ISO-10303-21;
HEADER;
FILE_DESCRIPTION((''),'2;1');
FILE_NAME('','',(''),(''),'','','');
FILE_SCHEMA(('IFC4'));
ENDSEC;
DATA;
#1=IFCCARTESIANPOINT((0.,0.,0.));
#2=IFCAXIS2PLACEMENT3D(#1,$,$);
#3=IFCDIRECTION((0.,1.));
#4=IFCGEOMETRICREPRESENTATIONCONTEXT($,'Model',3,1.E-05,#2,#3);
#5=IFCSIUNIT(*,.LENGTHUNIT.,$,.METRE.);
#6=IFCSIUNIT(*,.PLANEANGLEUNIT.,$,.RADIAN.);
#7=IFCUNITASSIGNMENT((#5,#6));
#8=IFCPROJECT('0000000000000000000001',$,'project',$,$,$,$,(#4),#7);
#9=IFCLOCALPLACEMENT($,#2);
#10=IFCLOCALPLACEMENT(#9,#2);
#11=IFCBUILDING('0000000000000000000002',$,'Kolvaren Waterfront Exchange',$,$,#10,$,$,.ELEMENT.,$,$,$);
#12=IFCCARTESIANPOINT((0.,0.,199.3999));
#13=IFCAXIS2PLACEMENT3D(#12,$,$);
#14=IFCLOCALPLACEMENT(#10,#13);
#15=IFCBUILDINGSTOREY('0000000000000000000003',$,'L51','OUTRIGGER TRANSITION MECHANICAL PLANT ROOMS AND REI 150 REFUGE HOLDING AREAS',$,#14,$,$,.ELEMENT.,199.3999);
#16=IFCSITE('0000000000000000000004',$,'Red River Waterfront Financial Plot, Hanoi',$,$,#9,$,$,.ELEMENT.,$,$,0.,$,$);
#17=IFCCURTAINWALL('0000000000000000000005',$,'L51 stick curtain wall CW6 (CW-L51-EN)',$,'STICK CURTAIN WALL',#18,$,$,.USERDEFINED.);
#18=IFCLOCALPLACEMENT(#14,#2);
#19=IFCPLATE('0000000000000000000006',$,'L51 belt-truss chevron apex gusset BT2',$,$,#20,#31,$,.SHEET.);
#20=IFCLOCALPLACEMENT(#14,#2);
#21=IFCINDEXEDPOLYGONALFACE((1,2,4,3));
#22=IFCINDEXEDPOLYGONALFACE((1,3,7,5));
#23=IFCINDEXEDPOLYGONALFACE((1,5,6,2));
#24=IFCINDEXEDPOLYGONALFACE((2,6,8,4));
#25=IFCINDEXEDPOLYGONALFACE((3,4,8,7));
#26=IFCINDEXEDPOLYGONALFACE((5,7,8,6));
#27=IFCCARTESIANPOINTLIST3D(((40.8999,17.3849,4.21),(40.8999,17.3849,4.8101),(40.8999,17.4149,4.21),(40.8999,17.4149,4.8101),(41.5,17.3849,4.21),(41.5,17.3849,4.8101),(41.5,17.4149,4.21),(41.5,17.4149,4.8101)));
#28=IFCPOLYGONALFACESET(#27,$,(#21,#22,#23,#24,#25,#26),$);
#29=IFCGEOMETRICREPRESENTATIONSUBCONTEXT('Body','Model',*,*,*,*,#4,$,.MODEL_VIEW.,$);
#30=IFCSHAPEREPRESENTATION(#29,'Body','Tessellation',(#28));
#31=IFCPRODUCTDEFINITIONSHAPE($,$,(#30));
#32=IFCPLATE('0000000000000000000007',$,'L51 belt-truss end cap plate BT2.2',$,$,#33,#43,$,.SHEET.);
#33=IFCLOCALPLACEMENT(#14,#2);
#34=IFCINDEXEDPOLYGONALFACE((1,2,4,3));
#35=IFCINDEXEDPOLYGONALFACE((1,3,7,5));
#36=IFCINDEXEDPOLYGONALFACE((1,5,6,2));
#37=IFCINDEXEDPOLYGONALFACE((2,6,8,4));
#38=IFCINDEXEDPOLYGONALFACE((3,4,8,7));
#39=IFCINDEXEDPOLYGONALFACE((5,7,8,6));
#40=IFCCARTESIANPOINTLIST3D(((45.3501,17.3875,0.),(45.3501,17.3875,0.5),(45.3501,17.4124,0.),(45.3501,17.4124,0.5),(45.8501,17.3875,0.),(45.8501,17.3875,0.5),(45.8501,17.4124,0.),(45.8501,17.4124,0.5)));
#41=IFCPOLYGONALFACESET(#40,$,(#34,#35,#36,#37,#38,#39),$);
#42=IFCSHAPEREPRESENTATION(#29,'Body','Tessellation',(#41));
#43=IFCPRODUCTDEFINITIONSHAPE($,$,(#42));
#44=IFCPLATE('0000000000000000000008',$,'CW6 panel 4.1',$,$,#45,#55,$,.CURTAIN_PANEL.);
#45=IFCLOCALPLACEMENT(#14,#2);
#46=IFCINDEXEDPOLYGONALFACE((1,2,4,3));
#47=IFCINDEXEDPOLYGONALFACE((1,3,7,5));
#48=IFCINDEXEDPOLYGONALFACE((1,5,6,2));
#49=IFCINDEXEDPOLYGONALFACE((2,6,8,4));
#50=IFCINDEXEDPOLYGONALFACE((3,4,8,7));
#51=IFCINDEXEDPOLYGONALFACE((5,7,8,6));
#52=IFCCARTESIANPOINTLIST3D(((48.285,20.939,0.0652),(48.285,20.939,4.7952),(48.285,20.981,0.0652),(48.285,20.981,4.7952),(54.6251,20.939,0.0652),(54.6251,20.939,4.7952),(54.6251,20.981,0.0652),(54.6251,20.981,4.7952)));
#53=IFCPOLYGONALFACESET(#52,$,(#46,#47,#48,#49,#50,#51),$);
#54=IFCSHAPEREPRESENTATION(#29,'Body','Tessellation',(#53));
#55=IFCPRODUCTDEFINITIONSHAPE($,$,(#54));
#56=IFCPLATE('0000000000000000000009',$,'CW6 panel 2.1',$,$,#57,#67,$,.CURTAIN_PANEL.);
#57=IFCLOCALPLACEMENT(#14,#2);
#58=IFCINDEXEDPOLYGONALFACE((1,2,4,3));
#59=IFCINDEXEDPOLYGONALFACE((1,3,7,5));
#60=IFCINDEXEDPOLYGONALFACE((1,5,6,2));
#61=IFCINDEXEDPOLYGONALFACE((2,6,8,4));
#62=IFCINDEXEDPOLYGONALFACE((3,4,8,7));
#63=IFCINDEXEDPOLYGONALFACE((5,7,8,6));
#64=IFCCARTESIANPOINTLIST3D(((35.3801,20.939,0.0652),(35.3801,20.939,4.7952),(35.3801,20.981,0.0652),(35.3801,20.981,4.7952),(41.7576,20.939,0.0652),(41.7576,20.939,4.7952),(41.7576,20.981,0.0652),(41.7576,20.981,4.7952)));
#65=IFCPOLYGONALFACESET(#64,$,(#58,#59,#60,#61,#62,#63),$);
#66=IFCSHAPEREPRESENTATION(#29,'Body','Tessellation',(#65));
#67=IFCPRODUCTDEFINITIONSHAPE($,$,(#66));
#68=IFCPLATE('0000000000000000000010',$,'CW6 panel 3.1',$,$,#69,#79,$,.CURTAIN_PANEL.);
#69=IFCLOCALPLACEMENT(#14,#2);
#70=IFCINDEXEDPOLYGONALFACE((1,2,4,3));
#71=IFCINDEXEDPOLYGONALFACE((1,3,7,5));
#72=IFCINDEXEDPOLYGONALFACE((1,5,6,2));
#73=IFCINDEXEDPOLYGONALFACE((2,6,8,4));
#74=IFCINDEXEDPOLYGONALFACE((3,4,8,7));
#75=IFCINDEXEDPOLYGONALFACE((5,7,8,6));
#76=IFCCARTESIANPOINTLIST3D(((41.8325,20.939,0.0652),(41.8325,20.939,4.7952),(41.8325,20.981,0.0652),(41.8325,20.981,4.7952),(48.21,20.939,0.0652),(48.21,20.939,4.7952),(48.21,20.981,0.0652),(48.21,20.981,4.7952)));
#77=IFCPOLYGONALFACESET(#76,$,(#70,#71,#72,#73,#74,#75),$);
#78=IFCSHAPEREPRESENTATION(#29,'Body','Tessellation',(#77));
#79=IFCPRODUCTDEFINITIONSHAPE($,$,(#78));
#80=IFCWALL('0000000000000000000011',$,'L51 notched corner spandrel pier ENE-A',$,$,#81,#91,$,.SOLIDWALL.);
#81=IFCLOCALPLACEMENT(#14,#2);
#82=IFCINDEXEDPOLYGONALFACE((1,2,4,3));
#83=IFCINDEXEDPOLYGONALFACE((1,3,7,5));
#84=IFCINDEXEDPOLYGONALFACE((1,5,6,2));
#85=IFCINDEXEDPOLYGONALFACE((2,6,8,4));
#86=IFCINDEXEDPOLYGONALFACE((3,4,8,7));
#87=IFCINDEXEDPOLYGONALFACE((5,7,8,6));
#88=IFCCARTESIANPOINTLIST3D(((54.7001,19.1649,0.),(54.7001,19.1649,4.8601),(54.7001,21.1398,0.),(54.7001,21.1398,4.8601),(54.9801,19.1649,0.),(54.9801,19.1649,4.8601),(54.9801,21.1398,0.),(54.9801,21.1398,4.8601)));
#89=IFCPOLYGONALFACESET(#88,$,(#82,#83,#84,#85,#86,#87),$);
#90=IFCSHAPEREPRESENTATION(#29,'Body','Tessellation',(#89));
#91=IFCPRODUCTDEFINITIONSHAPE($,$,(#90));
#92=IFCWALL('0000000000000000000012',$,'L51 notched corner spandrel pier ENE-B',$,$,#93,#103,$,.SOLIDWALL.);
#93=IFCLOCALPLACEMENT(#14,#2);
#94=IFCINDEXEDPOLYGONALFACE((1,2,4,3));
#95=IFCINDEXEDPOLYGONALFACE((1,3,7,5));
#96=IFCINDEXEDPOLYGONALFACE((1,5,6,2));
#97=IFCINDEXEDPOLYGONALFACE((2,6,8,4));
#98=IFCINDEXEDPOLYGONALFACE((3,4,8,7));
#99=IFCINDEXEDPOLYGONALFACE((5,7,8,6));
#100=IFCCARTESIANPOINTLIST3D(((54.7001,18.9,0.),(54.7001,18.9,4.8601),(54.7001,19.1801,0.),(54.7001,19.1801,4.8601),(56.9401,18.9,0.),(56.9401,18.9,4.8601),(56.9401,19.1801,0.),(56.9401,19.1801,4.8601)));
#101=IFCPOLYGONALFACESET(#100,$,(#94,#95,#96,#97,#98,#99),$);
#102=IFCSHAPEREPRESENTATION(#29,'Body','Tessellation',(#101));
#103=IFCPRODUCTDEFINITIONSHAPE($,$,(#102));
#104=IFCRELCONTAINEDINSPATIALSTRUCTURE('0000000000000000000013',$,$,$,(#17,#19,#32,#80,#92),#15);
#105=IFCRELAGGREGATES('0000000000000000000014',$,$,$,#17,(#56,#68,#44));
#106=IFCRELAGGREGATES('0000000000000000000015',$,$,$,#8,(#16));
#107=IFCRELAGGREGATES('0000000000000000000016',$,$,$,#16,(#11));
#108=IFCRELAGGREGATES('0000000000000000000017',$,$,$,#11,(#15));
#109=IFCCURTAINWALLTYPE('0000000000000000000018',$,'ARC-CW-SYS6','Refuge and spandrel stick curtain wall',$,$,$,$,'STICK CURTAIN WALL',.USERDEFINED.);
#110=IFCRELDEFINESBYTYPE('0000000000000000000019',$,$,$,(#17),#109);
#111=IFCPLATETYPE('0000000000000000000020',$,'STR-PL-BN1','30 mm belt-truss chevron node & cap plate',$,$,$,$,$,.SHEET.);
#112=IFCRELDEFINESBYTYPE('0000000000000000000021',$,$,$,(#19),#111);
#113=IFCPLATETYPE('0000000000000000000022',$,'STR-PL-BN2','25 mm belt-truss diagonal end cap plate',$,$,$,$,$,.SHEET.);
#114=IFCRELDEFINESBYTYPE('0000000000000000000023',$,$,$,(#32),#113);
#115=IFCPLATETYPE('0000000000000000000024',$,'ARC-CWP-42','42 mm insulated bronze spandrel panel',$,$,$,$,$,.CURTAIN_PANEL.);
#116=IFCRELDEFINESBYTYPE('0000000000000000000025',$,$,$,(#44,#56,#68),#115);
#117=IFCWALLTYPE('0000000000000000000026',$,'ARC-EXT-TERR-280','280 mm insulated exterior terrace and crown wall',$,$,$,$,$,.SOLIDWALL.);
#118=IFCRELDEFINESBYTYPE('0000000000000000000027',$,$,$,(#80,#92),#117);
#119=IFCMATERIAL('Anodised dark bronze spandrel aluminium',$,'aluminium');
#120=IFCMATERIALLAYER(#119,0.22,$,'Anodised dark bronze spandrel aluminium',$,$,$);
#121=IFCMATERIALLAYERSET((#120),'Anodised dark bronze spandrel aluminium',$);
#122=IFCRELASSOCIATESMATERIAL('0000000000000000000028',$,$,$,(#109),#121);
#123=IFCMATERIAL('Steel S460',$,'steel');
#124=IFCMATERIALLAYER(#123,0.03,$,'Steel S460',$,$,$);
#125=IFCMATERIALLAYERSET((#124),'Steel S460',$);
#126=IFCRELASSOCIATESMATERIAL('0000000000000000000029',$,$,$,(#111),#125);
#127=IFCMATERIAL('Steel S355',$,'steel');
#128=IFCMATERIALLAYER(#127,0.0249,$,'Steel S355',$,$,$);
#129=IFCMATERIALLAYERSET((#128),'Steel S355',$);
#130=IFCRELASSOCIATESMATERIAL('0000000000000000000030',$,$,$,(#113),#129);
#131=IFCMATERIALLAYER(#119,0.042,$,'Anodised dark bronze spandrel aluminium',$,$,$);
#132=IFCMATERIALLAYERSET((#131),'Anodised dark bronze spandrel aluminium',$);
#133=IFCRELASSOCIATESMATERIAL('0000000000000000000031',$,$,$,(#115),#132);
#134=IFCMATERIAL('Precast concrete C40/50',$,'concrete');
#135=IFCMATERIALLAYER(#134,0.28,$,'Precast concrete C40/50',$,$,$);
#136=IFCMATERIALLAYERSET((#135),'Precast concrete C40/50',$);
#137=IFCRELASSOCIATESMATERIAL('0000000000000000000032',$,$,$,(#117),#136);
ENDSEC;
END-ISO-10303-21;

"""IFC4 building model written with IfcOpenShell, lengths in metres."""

from ifc_helpers import new_model, si_unit, direction, frame, frame_2d, origin, origin_with_axes, origin_2d, place, context, subcontext, project, spatial, rectangle, extrude, source, transform, mapped, material, layer, layer_set, type_object, element, aggregate, save


model = new_model("IFC4")

# Units and contexts
model_context = context("Model", 3, precision=1e-05, world=origin(), true_north=direction((0.0, 1.0)))
body_context = subcontext(model_context, "Body", "Model", "MODEL_VIEW")
ifc_project = project(units=[si_unit("LENGTHUNIT", "METRE"), si_unit("PLANEANGLEUNIT", "RADIAN")], contexts=[model_context])

# Site, building, storey
site_placement = place(None, origin())
site = spatial("IfcSite", under=ifc_project, at=site_placement, Name="Red River Waterfront Financial Plot, Hanoi", CompositionType="ELEMENT", RefElevation=0.0)
building_placement = place(site_placement, origin())
building = spatial("IfcBuilding", under=site, at=building_placement, Name="Kolvaren Waterfront Exchange", CompositionType="ELEMENT")
storey_placement = place(building_placement, frame((0.0, 0.0, 199.3999)))
storey = spatial("IfcBuildingStorey", under=building, at=storey_placement, Name="L51", Description="OUTRIGGER TRANSITION MECHANICAL PLANT ROOMS AND REI 150 REFUGE HOLDING AREAS", CompositionType="ELEMENT", Elevation=199.3999)

# Shared definitions
ifc_material_1 = material(Name="Steel S355", Category="steel")

# Shared definitions
ifc_material_2 = material(Name="Steel S460", Category="steel")

# Curtain wall
ifc_material_3 = material(Name="Anodised dark bronze spandrel aluminium", Category="aluminium")
ifc_layer_1 = layer(ifc_material_3, 0.22, Name="Anodised dark bronze spandrel aluminium")
ifc_layer_set_1 = layer_set([ifc_layer_1], Name="Anodised dark bronze spandrel aluminium")
curtain_wall_type = type_object("IfcCurtainWallType", Name="ARC-CW-SYS6", Description="Refuge and spandrel stick curtain wall", ElementType="STICK CURTAIN WALL", PredefinedType="USERDEFINED", material=ifc_layer_set_1)
curtain_wall_placement = place(storey_placement, origin())
curtain_wall = element("IfcCurtainWall", 1, at=curtain_wall_placement, inside=storey, type_object=curtain_wall_type, Name="L51 stick curtain wall CW6 (CW-L51-EN)", ObjectType="STICK CURTAIN WALL", PredefinedType="USERDEFINED")

# Plates
ifc_layer_2 = layer(ifc_material_2, 0.03, Name="Steel S460")
ifc_layer_set_2 = layer_set([ifc_layer_2], Name="Steel S460")
plate_type_1 = type_object("IfcPlateType", Name="STR-PL-BN1", Description="30 mm belt-truss chevron node & cap plate", PredefinedType="SHEET", material=ifc_layer_set_2)
shared_shape_1 = source(origin_with_axes(), body_context, "Body", "SweptSolid", [
    extrude(rectangle(XDim=0.6001, YDim=0.03, at=origin_2d()), origin(), (0.0, 0.0, 1.0), 0.6001),
])
plate_1_placement = place(storey_placement, frame((41.2, 17.3999, 4.21), z_axis=(0.0, 0.0, 1.0), x_axis=(1.0, 0.0, 0.0)))
element("IfcPlate", 2, at=plate_1_placement, inside=storey, type_object=plate_type_1, Name="L51 belt-truss chevron apex gusset BT2", PredefinedType="SHEET", context=body_context, shape_type="MappedRepresentation", body=[
    mapped(shared_shape_1, transform((0.0, 0.0, 0.0), x_axis=(1.0, 0.0, 0.0), y_axis=(0.0, 1.0, 0.0), z_axis=(0.0, 0.0, 1.0), scale=1.0)),
])
ifc_layer_3 = layer(ifc_material_1, 0.0249, Name="Steel S355")
ifc_layer_set_3 = layer_set([ifc_layer_3], Name="Steel S355")
plate_type_2 = type_object("IfcPlateType", Name="STR-PL-BN2", Description="25 mm belt-truss diagonal end cap plate", PredefinedType="SHEET", material=ifc_layer_set_3)
shared_shape_2 = source(origin_with_axes(), body_context, "Body", "SweptSolid", [
    extrude(rectangle(XDim=0.5, YDim=0.0249, at=origin_2d()), origin(), (0.0, 0.0, 1.0), 0.5),
])
plate_2_placement = place(storey_placement, frame((45.6001, 17.3999, 0.0), z_axis=(0.0, 0.0, 1.0), x_axis=(1.0, 0.0, 0.0)))
element("IfcPlate", 3, at=plate_2_placement, inside=storey, type_object=plate_type_2, Name="L51 belt-truss end cap plate BT2.2", PredefinedType="SHEET", context=body_context, shape_type="MappedRepresentation", body=[
    mapped(shared_shape_2, transform((0.0, 0.0, 0.0), x_axis=(1.0, 0.0, 0.0), y_axis=(0.0, 1.0, 0.0), z_axis=(0.0, 0.0, 1.0), scale=1.0)),
])

# Plates
ifc_layer_4 = layer(ifc_material_3, 0.042, Name="Anodised dark bronze spandrel aluminium")
ifc_layer_set_4 = layer_set([ifc_layer_4], Name="Anodised dark bronze spandrel aluminium")
plate_type_3 = type_object("IfcPlateType", Name="ARC-CWP-42", Description="42 mm insulated bronze spandrel panel", PredefinedType="CURTAIN_PANEL", material=ifc_layer_set_4)
shared_shape_3 = source(origin_with_axes(), body_context, "Body", "SweptSolid", [
    extrude(rectangle(XDim=6.3401, YDim=0.042, at=origin_2d()), origin(), (0.0, 0.0, 1.0), 4.73),
])
plate_3_placement = place(storey_placement, frame((51.4551, 20.96, 0.0652), z_axis=(0.0, 0.0, 1.0), x_axis=(1.0, 0.0, 0.0)))
plate_3 = element("IfcPlate", 4, at=plate_3_placement, type_object=plate_type_3, Name="CW6 panel 4.1", PredefinedType="CURTAIN_PANEL", context=body_context, shape_type="MappedRepresentation", body=[
    mapped(shared_shape_3, transform((0.0, 0.0, 0.0), x_axis=(1.0, 0.0, 0.0), y_axis=(0.0, 1.0, 0.0), z_axis=(0.0, 0.0, 1.0), scale=1.0)),
])
shared_shape_4 = source(origin_with_axes(), body_context, "Body", "SweptSolid", [
    extrude(rectangle(XDim=6.3774, YDim=0.042, at=origin_2d()), origin(), (0.0, 0.0, 1.0), 4.73),
])
plate_4_placement = place(storey_placement, frame((38.5688, 20.96, 0.0652), z_axis=(0.0, 0.0, 1.0), x_axis=(1.0, 0.0, 0.0)))
plate_4 = element("IfcPlate", 5, at=plate_4_placement, type_object=plate_type_3, Name="CW6 panel 2.1", PredefinedType="CURTAIN_PANEL", context=body_context, shape_type="MappedRepresentation", body=[
    mapped(shared_shape_4, transform((0.0, 0.0, 0.0), x_axis=(1.0, 0.0, 0.0), y_axis=(0.0, 1.0, 0.0), z_axis=(0.0, 0.0, 1.0), scale=1.0)),
])
plate_5_placement = place(storey_placement, frame((45.0212, 20.96, 0.0652), z_axis=(0.0, 0.0, 1.0), x_axis=(1.0, 0.0, 0.0)))
plate_5 = element("IfcPlate", 6, at=plate_5_placement, type_object=plate_type_3, Name="CW6 panel 3.1", PredefinedType="CURTAIN_PANEL", context=body_context, shape_type="MappedRepresentation", body=[
    mapped(shared_shape_4, transform((0.0, 0.0, 0.0), x_axis=(1.0, 0.0, 0.0), y_axis=(0.0, 1.0, 0.0), z_axis=(0.0, 0.0, 1.0), scale=1.0)),
])
aggregate(curtain_wall, [plate_4, plate_5, plate_3])

# Walls
ifc_material_4 = material(Name="Precast concrete C40/50", Category="concrete")
ifc_layer_5 = layer(ifc_material_4, 0.28, Name="Precast concrete C40/50")
ifc_layer_set_5 = layer_set([ifc_layer_5], Name="Precast concrete C40/50")
wall_type = type_object("IfcWallType", Name="ARC-EXT-TERR-280", Description="280 mm insulated exterior terrace and crown wall", PredefinedType="SOLIDWALL", material=ifc_layer_set_5)
wall_1_placement = place(storey_placement, frame((54.8401, 19.165, 0.0), z_axis=(0.0, 0.0, 1.0), x_axis=(0.0, 1.0, 0.0)))
element("IfcWall", 7, at=wall_1_placement, inside=storey, type_object=wall_type, Name="L51 notched corner spandrel pier ENE-A", PredefinedType="SOLIDWALL", context=body_context, shape_type="SweptSolid", body=[
    extrude(rectangle(XDim=1.9749, YDim=0.28, at=frame_2d((0.9873, 0.0))), origin(), (0.0, 0.0, 1.0), 4.8601),
])
wall_2_placement = place(storey_placement, frame((54.7, 19.04, 0.0), z_axis=(0.0, 0.0, 1.0), x_axis=(1.0, 0.0, 0.0)))
element("IfcWall", 8, at=wall_2_placement, inside=storey, type_object=wall_type, Name="L51 notched corner spandrel pier ENE-B", PredefinedType="SOLIDWALL", context=body_context, shape_type="SweptSolid", body=[
    extrude(rectangle(XDim=2.24, YDim=0.28, at=frame_2d((1.1201, 0.0))), origin(), (0.0, 0.0, 1.0), 4.8601),
])

save(model, "model.ifc")
